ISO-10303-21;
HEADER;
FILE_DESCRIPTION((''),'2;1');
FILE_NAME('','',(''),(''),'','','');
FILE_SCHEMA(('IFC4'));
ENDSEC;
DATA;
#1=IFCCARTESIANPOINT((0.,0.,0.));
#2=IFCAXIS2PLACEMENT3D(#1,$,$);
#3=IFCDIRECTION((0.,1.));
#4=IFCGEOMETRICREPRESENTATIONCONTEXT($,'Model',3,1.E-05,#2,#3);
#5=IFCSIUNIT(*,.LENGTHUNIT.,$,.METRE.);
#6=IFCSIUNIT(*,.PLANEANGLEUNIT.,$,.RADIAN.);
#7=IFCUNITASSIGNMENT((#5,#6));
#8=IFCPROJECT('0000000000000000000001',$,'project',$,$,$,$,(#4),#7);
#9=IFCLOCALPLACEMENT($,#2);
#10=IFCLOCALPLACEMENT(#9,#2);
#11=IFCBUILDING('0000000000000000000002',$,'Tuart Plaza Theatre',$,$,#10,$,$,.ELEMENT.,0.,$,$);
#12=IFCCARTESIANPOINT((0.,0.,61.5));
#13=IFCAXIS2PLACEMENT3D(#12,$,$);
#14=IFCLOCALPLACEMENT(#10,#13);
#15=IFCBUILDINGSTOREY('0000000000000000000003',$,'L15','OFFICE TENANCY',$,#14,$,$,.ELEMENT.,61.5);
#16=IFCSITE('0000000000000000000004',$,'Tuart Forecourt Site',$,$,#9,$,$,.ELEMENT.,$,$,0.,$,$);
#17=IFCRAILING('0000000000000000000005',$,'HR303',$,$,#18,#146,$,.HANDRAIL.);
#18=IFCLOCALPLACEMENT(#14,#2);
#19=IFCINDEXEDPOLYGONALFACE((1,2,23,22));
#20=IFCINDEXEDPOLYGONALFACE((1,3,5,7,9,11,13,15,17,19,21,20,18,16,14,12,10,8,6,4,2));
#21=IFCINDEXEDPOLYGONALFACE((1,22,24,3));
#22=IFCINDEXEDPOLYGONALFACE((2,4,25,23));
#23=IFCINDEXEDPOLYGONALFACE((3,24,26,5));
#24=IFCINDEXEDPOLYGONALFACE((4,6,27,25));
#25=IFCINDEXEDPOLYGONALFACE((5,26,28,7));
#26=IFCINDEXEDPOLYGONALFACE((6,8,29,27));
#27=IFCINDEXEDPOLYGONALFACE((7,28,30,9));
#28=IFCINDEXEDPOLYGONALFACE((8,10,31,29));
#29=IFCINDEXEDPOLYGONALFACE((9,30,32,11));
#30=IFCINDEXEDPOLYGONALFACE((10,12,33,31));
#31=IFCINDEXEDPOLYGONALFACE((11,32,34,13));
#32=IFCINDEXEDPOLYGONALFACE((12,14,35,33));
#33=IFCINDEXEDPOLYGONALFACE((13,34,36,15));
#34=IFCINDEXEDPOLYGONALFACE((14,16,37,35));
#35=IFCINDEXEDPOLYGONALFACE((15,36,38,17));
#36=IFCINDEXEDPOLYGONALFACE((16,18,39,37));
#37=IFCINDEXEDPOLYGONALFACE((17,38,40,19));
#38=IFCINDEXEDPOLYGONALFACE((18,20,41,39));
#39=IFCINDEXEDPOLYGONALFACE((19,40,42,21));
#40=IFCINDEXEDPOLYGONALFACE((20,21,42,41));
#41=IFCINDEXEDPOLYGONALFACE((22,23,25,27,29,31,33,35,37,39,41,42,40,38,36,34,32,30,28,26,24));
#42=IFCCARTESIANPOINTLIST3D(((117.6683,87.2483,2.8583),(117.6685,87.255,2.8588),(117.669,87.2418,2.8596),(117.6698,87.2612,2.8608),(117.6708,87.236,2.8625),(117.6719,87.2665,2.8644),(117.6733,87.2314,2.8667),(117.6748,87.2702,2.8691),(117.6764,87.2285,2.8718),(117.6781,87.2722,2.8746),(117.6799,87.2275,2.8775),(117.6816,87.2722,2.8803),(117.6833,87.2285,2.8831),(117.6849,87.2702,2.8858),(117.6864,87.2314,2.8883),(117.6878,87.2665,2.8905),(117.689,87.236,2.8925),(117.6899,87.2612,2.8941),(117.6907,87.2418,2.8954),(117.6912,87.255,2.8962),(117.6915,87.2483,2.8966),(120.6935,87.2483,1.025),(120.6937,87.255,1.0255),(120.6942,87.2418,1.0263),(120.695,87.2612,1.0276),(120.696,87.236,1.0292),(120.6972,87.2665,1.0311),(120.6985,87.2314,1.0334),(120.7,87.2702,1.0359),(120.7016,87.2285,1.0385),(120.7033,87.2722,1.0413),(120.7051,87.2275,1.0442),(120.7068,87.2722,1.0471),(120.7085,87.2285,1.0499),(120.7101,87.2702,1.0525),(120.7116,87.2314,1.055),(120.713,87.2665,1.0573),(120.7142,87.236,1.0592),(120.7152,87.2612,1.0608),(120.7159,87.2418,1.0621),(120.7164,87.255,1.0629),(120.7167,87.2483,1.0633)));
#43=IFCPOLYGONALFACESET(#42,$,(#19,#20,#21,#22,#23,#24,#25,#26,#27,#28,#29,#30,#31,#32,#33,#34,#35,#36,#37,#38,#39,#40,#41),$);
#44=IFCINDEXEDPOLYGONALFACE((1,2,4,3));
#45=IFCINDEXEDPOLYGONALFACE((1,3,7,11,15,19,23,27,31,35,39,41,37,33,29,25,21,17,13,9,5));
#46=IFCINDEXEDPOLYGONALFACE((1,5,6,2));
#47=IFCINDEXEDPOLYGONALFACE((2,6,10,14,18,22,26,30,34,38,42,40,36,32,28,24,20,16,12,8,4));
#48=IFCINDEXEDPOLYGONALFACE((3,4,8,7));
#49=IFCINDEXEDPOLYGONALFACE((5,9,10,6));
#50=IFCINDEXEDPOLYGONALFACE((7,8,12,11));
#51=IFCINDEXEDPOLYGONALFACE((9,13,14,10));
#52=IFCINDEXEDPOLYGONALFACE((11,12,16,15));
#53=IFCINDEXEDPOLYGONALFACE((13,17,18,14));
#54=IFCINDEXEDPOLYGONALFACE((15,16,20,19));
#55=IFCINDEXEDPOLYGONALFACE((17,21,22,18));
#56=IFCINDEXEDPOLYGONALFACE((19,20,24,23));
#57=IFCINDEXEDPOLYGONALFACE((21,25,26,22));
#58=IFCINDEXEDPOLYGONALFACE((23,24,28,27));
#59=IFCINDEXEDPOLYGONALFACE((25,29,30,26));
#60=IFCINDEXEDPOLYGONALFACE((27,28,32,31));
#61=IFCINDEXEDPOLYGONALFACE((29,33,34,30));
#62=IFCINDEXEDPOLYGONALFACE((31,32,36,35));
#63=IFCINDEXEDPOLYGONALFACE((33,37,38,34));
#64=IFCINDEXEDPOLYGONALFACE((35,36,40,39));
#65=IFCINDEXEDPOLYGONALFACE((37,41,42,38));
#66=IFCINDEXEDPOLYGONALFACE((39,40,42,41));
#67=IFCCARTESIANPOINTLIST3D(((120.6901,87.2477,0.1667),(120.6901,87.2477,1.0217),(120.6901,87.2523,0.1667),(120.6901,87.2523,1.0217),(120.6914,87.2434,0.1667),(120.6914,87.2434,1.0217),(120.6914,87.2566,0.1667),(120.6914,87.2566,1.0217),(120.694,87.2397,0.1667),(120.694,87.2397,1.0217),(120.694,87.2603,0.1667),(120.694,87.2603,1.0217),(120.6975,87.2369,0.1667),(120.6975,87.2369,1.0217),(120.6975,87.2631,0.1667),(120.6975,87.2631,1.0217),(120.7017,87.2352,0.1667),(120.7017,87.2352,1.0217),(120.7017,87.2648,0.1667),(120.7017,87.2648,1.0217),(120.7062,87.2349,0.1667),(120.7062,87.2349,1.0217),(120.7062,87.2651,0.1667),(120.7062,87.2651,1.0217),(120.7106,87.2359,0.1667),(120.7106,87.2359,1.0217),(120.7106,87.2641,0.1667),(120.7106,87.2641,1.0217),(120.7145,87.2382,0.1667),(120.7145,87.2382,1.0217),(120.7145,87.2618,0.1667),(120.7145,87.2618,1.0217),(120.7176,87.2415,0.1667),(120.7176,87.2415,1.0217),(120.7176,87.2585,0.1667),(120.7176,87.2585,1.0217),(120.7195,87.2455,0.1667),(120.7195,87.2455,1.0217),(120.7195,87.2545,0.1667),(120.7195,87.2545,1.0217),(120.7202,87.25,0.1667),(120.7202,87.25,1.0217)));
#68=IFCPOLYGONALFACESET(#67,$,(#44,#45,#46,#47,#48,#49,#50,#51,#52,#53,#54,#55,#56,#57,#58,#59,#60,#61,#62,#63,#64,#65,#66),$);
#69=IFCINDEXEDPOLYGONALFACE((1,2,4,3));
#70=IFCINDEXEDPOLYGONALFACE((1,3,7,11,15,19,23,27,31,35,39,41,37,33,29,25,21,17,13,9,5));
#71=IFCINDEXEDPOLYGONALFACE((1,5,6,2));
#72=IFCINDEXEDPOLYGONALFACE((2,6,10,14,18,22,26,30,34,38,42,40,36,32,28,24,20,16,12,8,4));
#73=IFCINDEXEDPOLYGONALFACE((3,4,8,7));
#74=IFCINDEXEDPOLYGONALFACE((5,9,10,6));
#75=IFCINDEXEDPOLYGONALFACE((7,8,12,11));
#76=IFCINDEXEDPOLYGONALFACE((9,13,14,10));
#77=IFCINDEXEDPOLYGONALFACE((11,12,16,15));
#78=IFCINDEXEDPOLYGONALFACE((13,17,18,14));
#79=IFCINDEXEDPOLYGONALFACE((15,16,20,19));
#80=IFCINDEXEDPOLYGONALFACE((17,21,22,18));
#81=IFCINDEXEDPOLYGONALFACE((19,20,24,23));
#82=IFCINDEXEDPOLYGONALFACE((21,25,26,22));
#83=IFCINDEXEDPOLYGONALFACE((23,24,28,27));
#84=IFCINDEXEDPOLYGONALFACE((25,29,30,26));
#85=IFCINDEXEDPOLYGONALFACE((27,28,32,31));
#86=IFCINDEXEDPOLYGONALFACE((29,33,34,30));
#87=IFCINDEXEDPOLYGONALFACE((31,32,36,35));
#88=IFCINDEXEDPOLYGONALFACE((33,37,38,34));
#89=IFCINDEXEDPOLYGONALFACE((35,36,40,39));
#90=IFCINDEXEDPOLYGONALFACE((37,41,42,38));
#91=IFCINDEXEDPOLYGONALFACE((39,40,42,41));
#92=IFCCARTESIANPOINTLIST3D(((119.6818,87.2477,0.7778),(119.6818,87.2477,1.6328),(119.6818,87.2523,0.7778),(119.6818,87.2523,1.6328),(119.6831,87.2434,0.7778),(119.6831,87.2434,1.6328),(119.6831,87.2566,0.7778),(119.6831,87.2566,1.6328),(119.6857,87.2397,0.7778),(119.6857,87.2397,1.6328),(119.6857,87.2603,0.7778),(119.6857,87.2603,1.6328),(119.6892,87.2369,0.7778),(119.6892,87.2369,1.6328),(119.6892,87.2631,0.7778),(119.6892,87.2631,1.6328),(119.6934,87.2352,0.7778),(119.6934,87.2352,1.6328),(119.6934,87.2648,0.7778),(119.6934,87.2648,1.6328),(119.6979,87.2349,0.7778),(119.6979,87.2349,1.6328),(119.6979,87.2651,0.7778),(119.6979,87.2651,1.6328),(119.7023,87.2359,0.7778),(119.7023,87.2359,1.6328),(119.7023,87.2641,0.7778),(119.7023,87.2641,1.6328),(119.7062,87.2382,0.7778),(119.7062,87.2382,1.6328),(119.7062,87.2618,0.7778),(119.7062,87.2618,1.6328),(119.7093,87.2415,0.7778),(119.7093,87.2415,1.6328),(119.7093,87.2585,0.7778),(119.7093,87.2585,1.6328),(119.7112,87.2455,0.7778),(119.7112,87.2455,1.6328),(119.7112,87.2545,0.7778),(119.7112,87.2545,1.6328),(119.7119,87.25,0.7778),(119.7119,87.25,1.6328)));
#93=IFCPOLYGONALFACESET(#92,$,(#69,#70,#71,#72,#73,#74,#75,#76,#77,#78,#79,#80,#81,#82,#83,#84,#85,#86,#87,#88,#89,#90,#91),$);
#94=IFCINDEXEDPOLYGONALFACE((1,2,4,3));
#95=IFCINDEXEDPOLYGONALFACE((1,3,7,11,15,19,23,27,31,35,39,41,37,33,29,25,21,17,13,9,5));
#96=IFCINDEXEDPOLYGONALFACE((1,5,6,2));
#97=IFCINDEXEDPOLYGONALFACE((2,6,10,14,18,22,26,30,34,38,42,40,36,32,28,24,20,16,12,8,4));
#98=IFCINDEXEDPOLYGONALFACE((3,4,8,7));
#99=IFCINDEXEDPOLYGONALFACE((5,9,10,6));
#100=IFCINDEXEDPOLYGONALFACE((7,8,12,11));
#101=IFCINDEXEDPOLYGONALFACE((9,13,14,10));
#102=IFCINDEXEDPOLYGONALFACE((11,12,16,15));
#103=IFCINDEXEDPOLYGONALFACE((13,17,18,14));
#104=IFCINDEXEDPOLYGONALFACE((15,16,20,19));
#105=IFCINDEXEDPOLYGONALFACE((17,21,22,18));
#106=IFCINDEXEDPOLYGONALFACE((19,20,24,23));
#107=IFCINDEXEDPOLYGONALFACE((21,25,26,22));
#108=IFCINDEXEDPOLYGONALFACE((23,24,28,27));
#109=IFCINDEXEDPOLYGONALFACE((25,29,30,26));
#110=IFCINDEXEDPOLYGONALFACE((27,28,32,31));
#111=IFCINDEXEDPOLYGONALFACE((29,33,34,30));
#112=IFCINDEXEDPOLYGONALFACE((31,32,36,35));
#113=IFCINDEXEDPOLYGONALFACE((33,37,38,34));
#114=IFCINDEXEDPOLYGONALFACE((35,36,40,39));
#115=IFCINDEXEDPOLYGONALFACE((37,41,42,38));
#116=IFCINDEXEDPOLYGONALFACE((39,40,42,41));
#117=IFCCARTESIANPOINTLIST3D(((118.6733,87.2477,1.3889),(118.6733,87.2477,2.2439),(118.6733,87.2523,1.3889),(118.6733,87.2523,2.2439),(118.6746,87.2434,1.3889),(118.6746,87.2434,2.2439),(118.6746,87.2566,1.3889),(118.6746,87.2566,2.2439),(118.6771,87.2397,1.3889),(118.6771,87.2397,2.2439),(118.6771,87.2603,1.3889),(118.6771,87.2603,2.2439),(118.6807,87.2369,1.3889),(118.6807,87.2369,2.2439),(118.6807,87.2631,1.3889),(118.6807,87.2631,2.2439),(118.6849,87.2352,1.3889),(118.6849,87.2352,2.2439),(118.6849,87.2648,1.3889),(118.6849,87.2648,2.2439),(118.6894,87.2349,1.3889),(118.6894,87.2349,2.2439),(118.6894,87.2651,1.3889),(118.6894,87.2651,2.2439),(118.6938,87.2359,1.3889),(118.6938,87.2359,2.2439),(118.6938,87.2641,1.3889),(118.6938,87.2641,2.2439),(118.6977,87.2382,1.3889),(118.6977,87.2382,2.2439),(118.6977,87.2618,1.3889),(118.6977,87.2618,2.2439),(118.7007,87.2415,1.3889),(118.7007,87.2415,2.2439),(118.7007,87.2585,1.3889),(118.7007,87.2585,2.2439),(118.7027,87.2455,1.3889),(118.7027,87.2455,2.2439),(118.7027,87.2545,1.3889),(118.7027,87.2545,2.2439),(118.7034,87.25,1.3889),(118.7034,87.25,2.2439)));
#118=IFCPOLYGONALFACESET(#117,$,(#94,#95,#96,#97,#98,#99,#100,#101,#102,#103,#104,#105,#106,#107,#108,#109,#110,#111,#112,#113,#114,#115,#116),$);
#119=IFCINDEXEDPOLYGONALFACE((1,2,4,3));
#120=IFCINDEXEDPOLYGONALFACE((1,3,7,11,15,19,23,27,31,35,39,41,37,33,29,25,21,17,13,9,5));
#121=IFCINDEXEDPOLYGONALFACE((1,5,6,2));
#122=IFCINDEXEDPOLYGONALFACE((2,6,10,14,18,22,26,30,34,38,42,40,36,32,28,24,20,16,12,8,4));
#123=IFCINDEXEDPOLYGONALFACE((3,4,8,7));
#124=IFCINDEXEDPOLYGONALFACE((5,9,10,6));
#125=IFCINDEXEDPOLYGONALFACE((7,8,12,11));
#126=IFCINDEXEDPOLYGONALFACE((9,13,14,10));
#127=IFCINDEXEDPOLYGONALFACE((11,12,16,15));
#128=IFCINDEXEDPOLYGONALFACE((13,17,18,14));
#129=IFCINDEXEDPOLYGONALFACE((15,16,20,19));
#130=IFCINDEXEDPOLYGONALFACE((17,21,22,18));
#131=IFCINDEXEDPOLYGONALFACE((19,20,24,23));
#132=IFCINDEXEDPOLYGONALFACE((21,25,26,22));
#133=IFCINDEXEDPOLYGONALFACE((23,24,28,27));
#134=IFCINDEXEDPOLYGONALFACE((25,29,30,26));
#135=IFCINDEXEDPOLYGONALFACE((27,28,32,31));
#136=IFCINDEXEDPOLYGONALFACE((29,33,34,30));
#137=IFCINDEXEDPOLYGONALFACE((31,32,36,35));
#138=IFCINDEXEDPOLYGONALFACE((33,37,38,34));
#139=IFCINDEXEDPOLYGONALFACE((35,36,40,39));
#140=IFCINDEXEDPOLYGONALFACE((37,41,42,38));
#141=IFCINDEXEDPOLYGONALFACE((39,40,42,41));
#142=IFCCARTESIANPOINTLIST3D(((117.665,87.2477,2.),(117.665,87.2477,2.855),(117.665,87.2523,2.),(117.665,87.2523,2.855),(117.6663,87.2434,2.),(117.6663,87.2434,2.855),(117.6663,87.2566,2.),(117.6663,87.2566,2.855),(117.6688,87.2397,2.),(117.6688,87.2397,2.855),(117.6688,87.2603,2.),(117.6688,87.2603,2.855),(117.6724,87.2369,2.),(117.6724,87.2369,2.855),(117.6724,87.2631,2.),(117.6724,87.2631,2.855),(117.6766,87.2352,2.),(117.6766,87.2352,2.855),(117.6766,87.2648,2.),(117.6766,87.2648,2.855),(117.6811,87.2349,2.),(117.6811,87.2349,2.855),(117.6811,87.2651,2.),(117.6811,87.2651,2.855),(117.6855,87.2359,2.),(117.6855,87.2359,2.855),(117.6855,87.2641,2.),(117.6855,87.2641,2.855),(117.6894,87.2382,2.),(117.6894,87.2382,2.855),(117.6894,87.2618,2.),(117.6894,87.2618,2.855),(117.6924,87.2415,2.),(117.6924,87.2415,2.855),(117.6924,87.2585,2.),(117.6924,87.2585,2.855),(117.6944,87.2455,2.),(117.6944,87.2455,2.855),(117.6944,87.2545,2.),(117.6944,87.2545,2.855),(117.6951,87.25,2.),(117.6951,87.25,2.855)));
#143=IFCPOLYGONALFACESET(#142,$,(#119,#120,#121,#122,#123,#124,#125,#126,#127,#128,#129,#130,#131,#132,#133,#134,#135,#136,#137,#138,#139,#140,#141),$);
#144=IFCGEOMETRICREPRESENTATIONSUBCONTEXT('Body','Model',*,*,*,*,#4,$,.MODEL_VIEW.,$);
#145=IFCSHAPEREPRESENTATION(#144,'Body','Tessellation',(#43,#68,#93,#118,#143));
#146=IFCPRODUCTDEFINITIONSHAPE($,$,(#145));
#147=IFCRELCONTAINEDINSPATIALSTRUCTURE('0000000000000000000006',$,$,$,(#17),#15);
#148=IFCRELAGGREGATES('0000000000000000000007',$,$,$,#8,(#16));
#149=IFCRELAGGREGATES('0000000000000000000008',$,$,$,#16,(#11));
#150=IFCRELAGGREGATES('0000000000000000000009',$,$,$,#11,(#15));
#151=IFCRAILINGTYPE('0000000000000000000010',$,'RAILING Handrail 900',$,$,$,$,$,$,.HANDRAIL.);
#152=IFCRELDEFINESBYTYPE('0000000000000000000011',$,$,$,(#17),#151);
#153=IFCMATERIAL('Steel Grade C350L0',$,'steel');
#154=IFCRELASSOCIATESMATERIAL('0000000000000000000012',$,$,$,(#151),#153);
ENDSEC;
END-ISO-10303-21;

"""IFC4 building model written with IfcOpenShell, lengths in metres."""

from ifc_helpers import new_model, si_unit, direction, frame, origin, origin_2d, place, context, subcontext, project, spatial, circle, extrude, material, type_object, element, save


model = new_model("IFC4")

# Units and contexts
model_context = context("Model", 3, precision=1e-05, world=origin(), true_north=direction((0.0, 1.0)))
body_context = subcontext(model_context, "Body", "Model", "MODEL_VIEW")
ifc_project = project(units=[si_unit("LENGTHUNIT", "METRE"), si_unit("PLANEANGLEUNIT", "RADIAN")], contexts=[model_context])

# Site, building, storey
site_placement = place(None, origin())
site = spatial("IfcSite", under=ifc_project, at=site_placement, Name="Tuart Forecourt Site", CompositionType="ELEMENT", RefElevation=0.0)
building_placement = place(site_placement, origin())
building = spatial("IfcBuilding", under=site, at=building_placement, Name="Tuart Plaza Theatre", CompositionType="ELEMENT", ElevationOfRefHeight=0.0)
storey_placement = place(building_placement, frame((0.0, 0.0, 61.5)))
storey = spatial("IfcBuildingStorey", under=building, at=storey_placement, Name="L15", Description="OFFICE TENANCY", CompositionType="ELEMENT", Elevation=61.5)

# Railing
ifc_material_1 = material(Name="Steel Grade C350L0", Category="steel")
railing_type_1 = type_object("IfcRailingType", Name="RAILING Handrail 900", PredefinedType="HANDRAIL", material=ifc_material_1)
for number, where, name in (
    (1, (120.7051, 87.25, 0.1667), "HR303"),
):
    element("IfcRailing", number, at=place(storey_placement, frame(where)), inside=storey, type_object=railing_type_1, Name=name, PredefinedType="HANDRAIL", context=body_context, shape_type="SweptSolid", body=[
        extrude(circle(Radius=0.0225, at=origin_2d()), frame((0.0, 0.0, 0.8774), z_axis=(-0.855219, 0.0, 0.518267), x_axis=(0.0, -1.0, 0.0)), (0.0, 0.0, 1.0), 3.5374),
        extrude(circle(Radius=0.0151, at=origin_2d()), origin(), (0.0, 0.0, 1.0), 0.855),
        extrude(circle(Radius=0.0151, at=origin_2d()), frame((-1.0083, 0.0, 0.6111)), (0.0, 0.0, 1.0), 0.855),
        extrude(circle(Radius=0.0151, at=origin_2d()), frame((-2.0168, 0.0, 1.2222)), (0.0, 0.0, 1.0), 0.855),
        extrude(circle(Radius=0.0151, at=origin_2d()), frame((-3.0251, 0.0, 1.8333)), (0.0, 0.0, 1.0), 0.855),
    ])

save(model, "model.ifc")
